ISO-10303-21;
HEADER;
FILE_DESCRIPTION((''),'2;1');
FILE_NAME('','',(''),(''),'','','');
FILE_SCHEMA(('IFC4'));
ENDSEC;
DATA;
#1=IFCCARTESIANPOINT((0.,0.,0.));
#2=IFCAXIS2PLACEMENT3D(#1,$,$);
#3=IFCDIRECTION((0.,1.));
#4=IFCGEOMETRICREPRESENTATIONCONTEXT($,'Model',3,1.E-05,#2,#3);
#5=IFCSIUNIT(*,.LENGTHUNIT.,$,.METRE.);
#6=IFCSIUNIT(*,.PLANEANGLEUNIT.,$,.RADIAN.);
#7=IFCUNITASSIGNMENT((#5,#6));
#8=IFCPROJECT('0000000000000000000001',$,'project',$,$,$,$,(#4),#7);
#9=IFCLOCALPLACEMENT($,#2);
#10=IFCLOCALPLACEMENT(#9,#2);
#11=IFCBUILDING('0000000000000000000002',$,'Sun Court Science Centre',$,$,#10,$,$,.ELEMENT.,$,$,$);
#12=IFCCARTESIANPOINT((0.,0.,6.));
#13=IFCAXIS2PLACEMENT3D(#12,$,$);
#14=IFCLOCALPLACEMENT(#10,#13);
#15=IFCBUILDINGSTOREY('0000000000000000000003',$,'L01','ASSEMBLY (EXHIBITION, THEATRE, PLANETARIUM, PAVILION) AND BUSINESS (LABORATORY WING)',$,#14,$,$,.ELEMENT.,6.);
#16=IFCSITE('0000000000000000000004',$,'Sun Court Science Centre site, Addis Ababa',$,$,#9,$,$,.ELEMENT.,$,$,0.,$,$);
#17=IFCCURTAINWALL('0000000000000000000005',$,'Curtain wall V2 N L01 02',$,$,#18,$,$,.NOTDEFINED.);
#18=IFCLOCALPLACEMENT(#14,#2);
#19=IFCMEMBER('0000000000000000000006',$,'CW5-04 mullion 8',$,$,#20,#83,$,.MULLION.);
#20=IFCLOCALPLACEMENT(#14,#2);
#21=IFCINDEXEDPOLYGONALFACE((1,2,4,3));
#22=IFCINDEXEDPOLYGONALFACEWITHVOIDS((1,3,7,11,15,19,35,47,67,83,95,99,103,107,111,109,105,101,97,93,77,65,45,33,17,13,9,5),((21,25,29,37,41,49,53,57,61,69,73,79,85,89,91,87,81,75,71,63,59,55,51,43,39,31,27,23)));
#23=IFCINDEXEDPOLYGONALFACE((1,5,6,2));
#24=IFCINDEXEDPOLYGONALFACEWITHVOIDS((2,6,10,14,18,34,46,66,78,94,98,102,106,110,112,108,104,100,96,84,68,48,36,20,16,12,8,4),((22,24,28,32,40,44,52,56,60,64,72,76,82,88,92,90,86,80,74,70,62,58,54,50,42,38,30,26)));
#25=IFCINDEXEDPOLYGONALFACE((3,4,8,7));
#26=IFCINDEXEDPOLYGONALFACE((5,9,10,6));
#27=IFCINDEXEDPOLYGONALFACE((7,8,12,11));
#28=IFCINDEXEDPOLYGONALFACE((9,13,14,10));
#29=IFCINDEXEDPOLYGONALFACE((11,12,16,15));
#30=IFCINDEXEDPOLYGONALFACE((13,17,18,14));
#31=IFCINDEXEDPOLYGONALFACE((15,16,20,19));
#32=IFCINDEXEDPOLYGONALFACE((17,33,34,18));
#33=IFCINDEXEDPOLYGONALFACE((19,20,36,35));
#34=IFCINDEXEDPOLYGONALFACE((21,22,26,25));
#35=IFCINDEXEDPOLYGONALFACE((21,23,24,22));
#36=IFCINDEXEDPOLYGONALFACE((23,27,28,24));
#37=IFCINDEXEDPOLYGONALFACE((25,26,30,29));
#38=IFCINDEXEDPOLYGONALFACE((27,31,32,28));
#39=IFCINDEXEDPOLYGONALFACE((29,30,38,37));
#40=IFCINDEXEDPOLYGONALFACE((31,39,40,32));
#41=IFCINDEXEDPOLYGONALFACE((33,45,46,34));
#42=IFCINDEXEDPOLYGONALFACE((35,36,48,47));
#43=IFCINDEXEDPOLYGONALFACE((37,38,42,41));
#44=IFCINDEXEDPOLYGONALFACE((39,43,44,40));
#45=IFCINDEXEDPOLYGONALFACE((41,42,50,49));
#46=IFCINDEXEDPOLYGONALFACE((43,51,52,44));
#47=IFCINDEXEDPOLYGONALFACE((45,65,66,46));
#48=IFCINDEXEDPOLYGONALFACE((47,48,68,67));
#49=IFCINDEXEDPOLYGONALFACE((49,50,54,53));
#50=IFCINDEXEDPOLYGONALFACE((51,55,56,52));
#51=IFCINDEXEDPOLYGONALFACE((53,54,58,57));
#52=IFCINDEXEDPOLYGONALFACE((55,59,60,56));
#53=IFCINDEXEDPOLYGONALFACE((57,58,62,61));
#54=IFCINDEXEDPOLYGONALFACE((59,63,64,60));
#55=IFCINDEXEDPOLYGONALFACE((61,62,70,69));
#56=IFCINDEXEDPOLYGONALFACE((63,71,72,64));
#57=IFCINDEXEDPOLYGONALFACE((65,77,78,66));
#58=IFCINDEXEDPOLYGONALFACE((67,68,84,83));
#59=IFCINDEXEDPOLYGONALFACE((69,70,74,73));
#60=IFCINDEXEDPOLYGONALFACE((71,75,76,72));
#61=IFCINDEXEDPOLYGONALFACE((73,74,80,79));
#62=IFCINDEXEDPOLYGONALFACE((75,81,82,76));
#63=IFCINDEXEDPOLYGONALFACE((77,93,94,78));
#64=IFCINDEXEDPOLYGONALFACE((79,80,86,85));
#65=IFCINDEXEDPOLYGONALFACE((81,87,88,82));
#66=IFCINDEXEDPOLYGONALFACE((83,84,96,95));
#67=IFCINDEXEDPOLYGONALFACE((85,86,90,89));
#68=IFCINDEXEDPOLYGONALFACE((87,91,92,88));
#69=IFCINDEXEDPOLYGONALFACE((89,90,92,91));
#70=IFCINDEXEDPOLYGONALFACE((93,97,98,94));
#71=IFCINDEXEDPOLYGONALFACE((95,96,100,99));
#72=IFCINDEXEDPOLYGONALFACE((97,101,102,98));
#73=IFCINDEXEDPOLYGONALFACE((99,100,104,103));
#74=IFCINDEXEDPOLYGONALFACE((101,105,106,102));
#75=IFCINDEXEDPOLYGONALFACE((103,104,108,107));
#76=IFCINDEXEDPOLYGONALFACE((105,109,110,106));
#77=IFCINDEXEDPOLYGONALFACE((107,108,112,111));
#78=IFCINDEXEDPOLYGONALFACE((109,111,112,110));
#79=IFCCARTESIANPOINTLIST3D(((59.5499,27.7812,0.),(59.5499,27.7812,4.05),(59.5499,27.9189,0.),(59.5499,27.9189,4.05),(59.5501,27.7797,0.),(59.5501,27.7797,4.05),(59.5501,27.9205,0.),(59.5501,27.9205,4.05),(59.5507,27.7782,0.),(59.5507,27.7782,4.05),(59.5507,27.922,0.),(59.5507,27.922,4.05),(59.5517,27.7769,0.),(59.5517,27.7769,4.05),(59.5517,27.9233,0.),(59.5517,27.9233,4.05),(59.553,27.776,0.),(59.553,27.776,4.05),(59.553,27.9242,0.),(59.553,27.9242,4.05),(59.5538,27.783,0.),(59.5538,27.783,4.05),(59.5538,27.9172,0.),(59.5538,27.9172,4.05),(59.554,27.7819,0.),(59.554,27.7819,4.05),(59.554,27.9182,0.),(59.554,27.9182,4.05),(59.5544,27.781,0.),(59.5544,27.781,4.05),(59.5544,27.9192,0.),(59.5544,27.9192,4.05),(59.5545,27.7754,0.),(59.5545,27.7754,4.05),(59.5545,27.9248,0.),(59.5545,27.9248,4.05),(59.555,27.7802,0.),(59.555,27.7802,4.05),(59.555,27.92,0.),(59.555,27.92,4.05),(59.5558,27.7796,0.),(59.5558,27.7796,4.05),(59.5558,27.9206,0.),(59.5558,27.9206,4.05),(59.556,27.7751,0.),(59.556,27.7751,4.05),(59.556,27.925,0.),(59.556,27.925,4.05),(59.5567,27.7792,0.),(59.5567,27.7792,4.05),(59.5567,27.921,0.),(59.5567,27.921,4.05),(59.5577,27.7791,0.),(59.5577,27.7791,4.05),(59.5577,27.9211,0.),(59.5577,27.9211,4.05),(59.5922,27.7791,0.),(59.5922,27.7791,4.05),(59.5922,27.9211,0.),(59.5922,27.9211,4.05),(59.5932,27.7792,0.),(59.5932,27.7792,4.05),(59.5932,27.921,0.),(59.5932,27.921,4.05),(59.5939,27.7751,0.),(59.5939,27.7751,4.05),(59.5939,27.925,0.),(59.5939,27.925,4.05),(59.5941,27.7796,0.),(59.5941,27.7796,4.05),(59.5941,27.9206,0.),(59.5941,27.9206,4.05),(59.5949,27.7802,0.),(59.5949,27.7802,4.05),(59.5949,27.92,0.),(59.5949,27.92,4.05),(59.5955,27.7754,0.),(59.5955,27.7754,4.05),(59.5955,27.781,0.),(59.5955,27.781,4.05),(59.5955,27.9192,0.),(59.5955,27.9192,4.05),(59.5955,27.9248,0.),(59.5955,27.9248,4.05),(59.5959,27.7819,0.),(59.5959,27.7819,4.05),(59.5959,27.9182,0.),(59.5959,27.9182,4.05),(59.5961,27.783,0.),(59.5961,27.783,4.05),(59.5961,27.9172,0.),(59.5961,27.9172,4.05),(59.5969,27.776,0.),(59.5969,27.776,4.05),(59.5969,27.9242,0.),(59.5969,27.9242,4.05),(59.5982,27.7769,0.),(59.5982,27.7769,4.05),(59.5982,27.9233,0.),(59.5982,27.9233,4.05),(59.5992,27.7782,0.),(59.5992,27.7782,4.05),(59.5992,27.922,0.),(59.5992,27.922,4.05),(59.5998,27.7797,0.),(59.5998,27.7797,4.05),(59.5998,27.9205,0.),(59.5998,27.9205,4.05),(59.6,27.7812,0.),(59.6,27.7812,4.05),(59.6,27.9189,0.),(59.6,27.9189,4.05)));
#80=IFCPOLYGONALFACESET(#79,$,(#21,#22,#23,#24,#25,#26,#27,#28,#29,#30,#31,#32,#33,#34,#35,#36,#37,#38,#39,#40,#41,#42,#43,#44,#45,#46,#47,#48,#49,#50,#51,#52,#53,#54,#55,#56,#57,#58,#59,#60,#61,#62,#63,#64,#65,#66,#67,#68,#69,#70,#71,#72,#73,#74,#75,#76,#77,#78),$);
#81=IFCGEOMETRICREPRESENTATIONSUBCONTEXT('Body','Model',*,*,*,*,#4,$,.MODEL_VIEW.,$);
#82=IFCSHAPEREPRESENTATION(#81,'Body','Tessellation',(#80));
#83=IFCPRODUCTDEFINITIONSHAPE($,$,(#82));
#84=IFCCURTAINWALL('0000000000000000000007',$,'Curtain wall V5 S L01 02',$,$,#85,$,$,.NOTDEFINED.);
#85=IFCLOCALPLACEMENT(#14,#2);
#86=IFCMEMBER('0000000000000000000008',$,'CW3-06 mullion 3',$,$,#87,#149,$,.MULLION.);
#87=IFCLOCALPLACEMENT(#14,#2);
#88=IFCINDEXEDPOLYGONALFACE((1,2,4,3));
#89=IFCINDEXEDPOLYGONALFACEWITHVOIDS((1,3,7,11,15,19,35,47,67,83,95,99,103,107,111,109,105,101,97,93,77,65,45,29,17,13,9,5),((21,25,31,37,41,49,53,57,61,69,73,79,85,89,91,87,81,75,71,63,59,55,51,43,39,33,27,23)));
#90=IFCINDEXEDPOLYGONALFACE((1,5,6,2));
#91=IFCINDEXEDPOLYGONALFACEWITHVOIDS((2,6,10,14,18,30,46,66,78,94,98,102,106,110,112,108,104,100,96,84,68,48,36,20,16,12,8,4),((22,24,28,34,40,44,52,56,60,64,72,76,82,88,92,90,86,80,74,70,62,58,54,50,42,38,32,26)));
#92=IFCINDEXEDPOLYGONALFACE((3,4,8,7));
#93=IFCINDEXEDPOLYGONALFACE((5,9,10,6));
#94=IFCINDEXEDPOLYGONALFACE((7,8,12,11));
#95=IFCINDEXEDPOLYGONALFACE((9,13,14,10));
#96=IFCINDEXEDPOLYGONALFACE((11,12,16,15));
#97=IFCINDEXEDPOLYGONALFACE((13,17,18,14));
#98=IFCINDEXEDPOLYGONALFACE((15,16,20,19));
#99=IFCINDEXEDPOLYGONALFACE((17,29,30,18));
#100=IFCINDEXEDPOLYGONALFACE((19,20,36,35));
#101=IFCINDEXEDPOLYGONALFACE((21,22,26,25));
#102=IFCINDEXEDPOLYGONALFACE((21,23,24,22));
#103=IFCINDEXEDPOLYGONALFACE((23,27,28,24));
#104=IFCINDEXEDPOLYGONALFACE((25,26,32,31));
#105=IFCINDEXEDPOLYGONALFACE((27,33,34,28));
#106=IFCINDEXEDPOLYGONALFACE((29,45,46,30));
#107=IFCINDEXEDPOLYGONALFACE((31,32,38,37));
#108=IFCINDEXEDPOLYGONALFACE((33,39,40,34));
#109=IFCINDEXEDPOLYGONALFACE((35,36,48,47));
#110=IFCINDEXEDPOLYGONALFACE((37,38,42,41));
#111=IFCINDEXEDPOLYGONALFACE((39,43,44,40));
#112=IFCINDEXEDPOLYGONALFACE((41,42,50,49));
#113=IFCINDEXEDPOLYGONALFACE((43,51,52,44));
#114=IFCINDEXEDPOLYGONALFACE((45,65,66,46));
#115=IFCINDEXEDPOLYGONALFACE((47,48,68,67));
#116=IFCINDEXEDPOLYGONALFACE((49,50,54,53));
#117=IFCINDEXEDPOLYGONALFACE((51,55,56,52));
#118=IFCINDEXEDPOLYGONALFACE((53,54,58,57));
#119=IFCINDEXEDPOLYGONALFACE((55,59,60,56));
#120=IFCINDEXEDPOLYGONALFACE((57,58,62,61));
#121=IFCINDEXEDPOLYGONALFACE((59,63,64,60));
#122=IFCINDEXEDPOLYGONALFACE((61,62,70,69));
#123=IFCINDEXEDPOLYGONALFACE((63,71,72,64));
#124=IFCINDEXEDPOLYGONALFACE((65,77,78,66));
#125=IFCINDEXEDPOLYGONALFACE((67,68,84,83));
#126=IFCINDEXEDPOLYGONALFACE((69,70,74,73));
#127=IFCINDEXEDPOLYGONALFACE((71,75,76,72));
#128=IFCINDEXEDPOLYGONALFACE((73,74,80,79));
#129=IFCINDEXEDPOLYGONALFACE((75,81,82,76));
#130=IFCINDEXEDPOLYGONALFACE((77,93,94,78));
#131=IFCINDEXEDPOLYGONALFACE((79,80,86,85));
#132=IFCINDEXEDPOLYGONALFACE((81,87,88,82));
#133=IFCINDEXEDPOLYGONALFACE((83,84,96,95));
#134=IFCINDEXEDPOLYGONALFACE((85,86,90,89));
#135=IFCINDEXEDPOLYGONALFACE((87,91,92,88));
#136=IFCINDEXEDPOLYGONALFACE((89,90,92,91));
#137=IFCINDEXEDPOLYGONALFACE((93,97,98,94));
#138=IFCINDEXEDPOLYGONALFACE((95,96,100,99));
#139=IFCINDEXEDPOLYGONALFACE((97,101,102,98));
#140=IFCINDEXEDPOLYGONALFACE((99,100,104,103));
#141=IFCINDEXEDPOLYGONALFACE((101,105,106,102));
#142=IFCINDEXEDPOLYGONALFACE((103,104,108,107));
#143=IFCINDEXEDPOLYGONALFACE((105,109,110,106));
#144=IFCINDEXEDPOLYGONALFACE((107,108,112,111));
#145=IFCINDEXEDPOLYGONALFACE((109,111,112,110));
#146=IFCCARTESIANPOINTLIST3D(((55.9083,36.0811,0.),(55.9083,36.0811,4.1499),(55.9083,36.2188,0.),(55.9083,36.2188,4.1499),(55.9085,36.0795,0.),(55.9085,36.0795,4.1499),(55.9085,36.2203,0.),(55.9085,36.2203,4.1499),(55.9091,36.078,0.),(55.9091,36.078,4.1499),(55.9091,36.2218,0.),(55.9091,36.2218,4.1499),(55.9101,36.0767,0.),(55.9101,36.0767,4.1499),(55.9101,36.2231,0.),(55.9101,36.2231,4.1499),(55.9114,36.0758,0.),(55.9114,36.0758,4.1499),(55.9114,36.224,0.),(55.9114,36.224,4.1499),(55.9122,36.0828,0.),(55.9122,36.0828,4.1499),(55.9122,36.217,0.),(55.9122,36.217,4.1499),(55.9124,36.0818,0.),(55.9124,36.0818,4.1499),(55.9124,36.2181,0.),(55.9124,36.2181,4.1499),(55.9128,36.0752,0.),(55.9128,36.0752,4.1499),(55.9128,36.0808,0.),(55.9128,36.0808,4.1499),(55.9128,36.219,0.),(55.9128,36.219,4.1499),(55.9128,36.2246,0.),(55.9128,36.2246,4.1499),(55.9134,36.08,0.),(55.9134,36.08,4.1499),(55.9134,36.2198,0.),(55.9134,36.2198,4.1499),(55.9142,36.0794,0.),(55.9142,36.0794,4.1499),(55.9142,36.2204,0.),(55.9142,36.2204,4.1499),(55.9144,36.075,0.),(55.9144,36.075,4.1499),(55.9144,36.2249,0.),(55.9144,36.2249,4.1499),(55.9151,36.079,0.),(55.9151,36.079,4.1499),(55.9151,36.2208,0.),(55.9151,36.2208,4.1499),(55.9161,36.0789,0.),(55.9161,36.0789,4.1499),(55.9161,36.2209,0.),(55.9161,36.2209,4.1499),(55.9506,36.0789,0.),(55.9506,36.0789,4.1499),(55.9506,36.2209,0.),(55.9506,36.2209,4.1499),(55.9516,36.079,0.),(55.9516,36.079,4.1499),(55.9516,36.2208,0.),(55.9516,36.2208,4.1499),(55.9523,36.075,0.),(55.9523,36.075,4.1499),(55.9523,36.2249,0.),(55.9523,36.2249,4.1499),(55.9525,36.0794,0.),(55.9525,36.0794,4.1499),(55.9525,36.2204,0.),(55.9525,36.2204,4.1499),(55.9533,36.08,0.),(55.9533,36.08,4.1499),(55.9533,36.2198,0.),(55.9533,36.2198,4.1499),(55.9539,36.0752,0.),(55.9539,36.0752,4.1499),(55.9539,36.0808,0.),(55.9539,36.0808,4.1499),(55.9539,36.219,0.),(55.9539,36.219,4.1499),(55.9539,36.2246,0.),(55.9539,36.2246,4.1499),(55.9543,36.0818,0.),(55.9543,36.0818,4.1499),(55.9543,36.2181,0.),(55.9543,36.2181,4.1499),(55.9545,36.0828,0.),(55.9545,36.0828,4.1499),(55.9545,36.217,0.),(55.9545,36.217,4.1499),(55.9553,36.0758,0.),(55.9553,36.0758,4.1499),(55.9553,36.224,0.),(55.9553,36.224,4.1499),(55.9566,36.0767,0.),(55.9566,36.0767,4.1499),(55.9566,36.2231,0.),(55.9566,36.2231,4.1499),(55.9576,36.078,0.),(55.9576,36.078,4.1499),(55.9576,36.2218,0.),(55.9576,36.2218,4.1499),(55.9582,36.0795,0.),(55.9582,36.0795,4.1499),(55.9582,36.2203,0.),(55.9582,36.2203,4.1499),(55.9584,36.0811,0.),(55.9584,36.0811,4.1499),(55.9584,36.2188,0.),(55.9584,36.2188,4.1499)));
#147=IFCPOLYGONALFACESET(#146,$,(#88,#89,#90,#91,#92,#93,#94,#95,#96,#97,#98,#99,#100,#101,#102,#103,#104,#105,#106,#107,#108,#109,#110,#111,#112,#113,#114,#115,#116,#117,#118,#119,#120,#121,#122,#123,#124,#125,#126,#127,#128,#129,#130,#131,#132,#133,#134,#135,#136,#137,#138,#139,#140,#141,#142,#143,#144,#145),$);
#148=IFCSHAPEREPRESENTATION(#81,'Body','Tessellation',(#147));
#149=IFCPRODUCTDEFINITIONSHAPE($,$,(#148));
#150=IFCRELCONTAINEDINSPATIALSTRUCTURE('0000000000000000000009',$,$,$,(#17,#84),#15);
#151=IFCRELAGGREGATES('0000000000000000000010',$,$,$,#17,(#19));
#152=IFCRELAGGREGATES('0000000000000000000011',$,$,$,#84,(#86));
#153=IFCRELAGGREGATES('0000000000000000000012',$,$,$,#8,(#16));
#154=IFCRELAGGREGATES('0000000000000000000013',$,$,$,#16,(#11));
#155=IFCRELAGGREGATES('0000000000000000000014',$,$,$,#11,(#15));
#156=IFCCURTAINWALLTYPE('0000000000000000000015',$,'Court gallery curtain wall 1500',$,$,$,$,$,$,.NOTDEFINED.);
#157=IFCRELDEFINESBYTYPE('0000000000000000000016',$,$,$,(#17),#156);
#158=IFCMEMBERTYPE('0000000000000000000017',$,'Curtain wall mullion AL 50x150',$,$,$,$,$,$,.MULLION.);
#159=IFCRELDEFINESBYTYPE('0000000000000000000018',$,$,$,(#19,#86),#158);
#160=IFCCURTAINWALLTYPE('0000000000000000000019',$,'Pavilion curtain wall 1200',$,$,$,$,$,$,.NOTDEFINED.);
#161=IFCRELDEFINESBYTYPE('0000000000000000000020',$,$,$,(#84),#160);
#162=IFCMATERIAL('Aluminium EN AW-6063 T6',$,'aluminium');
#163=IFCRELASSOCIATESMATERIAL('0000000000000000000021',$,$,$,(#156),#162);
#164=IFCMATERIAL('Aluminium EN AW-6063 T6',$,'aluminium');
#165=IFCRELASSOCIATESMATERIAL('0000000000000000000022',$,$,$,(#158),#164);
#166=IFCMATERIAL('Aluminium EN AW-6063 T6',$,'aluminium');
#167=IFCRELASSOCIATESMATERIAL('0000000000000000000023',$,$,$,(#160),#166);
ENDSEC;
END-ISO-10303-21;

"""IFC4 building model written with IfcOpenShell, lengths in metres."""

from ifc_helpers import new_model, si_unit, direction, frame, origin, origin_2d, place, context, subcontext, project, spatial, hollow_rectangle, extrude, material, material_profile, profile_set, type_object, element, aggregate, save


model = new_model("IFC4")

# Units and contexts
model_context = context("Model", 3, precision=1e-05, world=origin(), true_north=direction((0.0, 1.0)))
body_context = subcontext(model_context, "Body", "Model", "MODEL_VIEW")
ifc_project = project(units=[si_unit("LENGTHUNIT", "METRE"), si_unit("PLANEANGLEUNIT", "RADIAN")], contexts=[model_context])

# Site, building, storey
site_placement = place(None, origin())
site = spatial("IfcSite", under=ifc_project, at=site_placement, Name="Sun Court Science Centre site, Addis Ababa", CompositionType="ELEMENT", RefElevation=0.0)
building_placement = place(site_placement, origin())
building = spatial("IfcBuilding", under=site, at=building_placement, Name="Sun Court Science Centre", CompositionType="ELEMENT")
storey_placement = place(building_placement, frame((0.0, 0.0, 6.0)))
storey = spatial("IfcBuildingStorey", under=building, at=storey_placement, Name="L01", Description="ASSEMBLY (EXHIBITION, THEATRE, PLANETARIUM, PAVILION) AND BUSINESS (LABORATORY WING)", CompositionType="ELEMENT", Elevation=6.0)

# Curtain wall, member
ifc_material_1 = material(Name="Aluminium EN AW-6063 T6", Category="aluminium")
curtain_wall_type_1 = type_object("IfcCurtainWallType", Name="Court gallery curtain wall 1500", PredefinedType="NOTDEFINED", material=ifc_material_1)
curtain_wall_1_placement = place(storey_placement, origin())
curtain_wall_1 = element("IfcCurtainWall", 1, at=curtain_wall_1_placement, inside=storey, type_object=curtain_wall_type_1, Name="Curtain wall V2 N L01 02", PredefinedType="NOTDEFINED")
ifc_material_2 = material(Name="Aluminium EN AW-6063 T6", Category="aluminium")
ifc_material_profile_1 = material_profile(ifc_material_2, hollow_rectangle(XDim=0.05, YDim=0.1499, WallThickness=0.0039, InnerFilletRadius=0.0039, OuterFilletRadius=0.0061, at=origin_2d()), Name="AL 50x150x4")
ifc_profile_set_1 = profile_set([ifc_material_profile_1], Name="Aluminium EN AW-6063 T6")
member_type_1 = type_object("IfcMemberType", Name="Curtain wall mullion AL 50x150", PredefinedType="MULLION", material=ifc_profile_set_1)
member_1_placement = place(storey_placement, frame((59.575, 27.8501, 0.0), z_axis=(0.0, 0.0, 1.0), x_axis=(1.0, 0.0, 0.0)))
member_1 = element("IfcMember", 2, at=member_1_placement, type_object=member_type_1, Name="CW5-04 mullion 8", PredefinedType="MULLION", context=body_context, shape_type="SweptSolid", body=[
    extrude(hollow_rectangle(XDim=0.05, YDim=0.1499, WallThickness=0.0039, InnerFilletRadius=0.0039, OuterFilletRadius=0.0061, at=origin_2d()), origin(), (0.0, 0.0, 1.0), 4.05),
])

# Curtain wall, member
ifc_material_3 = material(Name="Aluminium EN AW-6063 T6", Category="aluminium")
curtain_wall_type_2 = type_object("IfcCurtainWallType", Name="Pavilion curtain wall 1200", PredefinedType="NOTDEFINED", material=ifc_material_3)
curtain_wall_2_placement = place(storey_placement, origin())
curtain_wall_2 = element("IfcCurtainWall", 3, at=curtain_wall_2_placement, inside=storey, type_object=curtain_wall_type_2, Name="Curtain wall V5 S L01 02", PredefinedType="NOTDEFINED")
member_2_placement = place(storey_placement, frame((55.9333, 36.1499, 0.0), z_axis=(0.0, 0.0, 1.0), x_axis=(-1.0, 0.0, 0.0)))
member_2 = element("IfcMember", 4, at=member_2_placement, type_object=member_type_1, Name="CW3-06 mullion 3", PredefinedType="MULLION", context=body_context, shape_type="SweptSolid", body=[
    extrude(hollow_rectangle(XDim=0.05, YDim=0.1499, WallThickness=0.0039, InnerFilletRadius=0.0039, OuterFilletRadius=0.0061, at=origin_2d()), origin(), (0.0, 0.0, 1.0), 4.1499),
])

aggregate(curtain_wall_1, [member_1])
aggregate(curtain_wall_2, [member_2])

save(model, "model.ifc")
